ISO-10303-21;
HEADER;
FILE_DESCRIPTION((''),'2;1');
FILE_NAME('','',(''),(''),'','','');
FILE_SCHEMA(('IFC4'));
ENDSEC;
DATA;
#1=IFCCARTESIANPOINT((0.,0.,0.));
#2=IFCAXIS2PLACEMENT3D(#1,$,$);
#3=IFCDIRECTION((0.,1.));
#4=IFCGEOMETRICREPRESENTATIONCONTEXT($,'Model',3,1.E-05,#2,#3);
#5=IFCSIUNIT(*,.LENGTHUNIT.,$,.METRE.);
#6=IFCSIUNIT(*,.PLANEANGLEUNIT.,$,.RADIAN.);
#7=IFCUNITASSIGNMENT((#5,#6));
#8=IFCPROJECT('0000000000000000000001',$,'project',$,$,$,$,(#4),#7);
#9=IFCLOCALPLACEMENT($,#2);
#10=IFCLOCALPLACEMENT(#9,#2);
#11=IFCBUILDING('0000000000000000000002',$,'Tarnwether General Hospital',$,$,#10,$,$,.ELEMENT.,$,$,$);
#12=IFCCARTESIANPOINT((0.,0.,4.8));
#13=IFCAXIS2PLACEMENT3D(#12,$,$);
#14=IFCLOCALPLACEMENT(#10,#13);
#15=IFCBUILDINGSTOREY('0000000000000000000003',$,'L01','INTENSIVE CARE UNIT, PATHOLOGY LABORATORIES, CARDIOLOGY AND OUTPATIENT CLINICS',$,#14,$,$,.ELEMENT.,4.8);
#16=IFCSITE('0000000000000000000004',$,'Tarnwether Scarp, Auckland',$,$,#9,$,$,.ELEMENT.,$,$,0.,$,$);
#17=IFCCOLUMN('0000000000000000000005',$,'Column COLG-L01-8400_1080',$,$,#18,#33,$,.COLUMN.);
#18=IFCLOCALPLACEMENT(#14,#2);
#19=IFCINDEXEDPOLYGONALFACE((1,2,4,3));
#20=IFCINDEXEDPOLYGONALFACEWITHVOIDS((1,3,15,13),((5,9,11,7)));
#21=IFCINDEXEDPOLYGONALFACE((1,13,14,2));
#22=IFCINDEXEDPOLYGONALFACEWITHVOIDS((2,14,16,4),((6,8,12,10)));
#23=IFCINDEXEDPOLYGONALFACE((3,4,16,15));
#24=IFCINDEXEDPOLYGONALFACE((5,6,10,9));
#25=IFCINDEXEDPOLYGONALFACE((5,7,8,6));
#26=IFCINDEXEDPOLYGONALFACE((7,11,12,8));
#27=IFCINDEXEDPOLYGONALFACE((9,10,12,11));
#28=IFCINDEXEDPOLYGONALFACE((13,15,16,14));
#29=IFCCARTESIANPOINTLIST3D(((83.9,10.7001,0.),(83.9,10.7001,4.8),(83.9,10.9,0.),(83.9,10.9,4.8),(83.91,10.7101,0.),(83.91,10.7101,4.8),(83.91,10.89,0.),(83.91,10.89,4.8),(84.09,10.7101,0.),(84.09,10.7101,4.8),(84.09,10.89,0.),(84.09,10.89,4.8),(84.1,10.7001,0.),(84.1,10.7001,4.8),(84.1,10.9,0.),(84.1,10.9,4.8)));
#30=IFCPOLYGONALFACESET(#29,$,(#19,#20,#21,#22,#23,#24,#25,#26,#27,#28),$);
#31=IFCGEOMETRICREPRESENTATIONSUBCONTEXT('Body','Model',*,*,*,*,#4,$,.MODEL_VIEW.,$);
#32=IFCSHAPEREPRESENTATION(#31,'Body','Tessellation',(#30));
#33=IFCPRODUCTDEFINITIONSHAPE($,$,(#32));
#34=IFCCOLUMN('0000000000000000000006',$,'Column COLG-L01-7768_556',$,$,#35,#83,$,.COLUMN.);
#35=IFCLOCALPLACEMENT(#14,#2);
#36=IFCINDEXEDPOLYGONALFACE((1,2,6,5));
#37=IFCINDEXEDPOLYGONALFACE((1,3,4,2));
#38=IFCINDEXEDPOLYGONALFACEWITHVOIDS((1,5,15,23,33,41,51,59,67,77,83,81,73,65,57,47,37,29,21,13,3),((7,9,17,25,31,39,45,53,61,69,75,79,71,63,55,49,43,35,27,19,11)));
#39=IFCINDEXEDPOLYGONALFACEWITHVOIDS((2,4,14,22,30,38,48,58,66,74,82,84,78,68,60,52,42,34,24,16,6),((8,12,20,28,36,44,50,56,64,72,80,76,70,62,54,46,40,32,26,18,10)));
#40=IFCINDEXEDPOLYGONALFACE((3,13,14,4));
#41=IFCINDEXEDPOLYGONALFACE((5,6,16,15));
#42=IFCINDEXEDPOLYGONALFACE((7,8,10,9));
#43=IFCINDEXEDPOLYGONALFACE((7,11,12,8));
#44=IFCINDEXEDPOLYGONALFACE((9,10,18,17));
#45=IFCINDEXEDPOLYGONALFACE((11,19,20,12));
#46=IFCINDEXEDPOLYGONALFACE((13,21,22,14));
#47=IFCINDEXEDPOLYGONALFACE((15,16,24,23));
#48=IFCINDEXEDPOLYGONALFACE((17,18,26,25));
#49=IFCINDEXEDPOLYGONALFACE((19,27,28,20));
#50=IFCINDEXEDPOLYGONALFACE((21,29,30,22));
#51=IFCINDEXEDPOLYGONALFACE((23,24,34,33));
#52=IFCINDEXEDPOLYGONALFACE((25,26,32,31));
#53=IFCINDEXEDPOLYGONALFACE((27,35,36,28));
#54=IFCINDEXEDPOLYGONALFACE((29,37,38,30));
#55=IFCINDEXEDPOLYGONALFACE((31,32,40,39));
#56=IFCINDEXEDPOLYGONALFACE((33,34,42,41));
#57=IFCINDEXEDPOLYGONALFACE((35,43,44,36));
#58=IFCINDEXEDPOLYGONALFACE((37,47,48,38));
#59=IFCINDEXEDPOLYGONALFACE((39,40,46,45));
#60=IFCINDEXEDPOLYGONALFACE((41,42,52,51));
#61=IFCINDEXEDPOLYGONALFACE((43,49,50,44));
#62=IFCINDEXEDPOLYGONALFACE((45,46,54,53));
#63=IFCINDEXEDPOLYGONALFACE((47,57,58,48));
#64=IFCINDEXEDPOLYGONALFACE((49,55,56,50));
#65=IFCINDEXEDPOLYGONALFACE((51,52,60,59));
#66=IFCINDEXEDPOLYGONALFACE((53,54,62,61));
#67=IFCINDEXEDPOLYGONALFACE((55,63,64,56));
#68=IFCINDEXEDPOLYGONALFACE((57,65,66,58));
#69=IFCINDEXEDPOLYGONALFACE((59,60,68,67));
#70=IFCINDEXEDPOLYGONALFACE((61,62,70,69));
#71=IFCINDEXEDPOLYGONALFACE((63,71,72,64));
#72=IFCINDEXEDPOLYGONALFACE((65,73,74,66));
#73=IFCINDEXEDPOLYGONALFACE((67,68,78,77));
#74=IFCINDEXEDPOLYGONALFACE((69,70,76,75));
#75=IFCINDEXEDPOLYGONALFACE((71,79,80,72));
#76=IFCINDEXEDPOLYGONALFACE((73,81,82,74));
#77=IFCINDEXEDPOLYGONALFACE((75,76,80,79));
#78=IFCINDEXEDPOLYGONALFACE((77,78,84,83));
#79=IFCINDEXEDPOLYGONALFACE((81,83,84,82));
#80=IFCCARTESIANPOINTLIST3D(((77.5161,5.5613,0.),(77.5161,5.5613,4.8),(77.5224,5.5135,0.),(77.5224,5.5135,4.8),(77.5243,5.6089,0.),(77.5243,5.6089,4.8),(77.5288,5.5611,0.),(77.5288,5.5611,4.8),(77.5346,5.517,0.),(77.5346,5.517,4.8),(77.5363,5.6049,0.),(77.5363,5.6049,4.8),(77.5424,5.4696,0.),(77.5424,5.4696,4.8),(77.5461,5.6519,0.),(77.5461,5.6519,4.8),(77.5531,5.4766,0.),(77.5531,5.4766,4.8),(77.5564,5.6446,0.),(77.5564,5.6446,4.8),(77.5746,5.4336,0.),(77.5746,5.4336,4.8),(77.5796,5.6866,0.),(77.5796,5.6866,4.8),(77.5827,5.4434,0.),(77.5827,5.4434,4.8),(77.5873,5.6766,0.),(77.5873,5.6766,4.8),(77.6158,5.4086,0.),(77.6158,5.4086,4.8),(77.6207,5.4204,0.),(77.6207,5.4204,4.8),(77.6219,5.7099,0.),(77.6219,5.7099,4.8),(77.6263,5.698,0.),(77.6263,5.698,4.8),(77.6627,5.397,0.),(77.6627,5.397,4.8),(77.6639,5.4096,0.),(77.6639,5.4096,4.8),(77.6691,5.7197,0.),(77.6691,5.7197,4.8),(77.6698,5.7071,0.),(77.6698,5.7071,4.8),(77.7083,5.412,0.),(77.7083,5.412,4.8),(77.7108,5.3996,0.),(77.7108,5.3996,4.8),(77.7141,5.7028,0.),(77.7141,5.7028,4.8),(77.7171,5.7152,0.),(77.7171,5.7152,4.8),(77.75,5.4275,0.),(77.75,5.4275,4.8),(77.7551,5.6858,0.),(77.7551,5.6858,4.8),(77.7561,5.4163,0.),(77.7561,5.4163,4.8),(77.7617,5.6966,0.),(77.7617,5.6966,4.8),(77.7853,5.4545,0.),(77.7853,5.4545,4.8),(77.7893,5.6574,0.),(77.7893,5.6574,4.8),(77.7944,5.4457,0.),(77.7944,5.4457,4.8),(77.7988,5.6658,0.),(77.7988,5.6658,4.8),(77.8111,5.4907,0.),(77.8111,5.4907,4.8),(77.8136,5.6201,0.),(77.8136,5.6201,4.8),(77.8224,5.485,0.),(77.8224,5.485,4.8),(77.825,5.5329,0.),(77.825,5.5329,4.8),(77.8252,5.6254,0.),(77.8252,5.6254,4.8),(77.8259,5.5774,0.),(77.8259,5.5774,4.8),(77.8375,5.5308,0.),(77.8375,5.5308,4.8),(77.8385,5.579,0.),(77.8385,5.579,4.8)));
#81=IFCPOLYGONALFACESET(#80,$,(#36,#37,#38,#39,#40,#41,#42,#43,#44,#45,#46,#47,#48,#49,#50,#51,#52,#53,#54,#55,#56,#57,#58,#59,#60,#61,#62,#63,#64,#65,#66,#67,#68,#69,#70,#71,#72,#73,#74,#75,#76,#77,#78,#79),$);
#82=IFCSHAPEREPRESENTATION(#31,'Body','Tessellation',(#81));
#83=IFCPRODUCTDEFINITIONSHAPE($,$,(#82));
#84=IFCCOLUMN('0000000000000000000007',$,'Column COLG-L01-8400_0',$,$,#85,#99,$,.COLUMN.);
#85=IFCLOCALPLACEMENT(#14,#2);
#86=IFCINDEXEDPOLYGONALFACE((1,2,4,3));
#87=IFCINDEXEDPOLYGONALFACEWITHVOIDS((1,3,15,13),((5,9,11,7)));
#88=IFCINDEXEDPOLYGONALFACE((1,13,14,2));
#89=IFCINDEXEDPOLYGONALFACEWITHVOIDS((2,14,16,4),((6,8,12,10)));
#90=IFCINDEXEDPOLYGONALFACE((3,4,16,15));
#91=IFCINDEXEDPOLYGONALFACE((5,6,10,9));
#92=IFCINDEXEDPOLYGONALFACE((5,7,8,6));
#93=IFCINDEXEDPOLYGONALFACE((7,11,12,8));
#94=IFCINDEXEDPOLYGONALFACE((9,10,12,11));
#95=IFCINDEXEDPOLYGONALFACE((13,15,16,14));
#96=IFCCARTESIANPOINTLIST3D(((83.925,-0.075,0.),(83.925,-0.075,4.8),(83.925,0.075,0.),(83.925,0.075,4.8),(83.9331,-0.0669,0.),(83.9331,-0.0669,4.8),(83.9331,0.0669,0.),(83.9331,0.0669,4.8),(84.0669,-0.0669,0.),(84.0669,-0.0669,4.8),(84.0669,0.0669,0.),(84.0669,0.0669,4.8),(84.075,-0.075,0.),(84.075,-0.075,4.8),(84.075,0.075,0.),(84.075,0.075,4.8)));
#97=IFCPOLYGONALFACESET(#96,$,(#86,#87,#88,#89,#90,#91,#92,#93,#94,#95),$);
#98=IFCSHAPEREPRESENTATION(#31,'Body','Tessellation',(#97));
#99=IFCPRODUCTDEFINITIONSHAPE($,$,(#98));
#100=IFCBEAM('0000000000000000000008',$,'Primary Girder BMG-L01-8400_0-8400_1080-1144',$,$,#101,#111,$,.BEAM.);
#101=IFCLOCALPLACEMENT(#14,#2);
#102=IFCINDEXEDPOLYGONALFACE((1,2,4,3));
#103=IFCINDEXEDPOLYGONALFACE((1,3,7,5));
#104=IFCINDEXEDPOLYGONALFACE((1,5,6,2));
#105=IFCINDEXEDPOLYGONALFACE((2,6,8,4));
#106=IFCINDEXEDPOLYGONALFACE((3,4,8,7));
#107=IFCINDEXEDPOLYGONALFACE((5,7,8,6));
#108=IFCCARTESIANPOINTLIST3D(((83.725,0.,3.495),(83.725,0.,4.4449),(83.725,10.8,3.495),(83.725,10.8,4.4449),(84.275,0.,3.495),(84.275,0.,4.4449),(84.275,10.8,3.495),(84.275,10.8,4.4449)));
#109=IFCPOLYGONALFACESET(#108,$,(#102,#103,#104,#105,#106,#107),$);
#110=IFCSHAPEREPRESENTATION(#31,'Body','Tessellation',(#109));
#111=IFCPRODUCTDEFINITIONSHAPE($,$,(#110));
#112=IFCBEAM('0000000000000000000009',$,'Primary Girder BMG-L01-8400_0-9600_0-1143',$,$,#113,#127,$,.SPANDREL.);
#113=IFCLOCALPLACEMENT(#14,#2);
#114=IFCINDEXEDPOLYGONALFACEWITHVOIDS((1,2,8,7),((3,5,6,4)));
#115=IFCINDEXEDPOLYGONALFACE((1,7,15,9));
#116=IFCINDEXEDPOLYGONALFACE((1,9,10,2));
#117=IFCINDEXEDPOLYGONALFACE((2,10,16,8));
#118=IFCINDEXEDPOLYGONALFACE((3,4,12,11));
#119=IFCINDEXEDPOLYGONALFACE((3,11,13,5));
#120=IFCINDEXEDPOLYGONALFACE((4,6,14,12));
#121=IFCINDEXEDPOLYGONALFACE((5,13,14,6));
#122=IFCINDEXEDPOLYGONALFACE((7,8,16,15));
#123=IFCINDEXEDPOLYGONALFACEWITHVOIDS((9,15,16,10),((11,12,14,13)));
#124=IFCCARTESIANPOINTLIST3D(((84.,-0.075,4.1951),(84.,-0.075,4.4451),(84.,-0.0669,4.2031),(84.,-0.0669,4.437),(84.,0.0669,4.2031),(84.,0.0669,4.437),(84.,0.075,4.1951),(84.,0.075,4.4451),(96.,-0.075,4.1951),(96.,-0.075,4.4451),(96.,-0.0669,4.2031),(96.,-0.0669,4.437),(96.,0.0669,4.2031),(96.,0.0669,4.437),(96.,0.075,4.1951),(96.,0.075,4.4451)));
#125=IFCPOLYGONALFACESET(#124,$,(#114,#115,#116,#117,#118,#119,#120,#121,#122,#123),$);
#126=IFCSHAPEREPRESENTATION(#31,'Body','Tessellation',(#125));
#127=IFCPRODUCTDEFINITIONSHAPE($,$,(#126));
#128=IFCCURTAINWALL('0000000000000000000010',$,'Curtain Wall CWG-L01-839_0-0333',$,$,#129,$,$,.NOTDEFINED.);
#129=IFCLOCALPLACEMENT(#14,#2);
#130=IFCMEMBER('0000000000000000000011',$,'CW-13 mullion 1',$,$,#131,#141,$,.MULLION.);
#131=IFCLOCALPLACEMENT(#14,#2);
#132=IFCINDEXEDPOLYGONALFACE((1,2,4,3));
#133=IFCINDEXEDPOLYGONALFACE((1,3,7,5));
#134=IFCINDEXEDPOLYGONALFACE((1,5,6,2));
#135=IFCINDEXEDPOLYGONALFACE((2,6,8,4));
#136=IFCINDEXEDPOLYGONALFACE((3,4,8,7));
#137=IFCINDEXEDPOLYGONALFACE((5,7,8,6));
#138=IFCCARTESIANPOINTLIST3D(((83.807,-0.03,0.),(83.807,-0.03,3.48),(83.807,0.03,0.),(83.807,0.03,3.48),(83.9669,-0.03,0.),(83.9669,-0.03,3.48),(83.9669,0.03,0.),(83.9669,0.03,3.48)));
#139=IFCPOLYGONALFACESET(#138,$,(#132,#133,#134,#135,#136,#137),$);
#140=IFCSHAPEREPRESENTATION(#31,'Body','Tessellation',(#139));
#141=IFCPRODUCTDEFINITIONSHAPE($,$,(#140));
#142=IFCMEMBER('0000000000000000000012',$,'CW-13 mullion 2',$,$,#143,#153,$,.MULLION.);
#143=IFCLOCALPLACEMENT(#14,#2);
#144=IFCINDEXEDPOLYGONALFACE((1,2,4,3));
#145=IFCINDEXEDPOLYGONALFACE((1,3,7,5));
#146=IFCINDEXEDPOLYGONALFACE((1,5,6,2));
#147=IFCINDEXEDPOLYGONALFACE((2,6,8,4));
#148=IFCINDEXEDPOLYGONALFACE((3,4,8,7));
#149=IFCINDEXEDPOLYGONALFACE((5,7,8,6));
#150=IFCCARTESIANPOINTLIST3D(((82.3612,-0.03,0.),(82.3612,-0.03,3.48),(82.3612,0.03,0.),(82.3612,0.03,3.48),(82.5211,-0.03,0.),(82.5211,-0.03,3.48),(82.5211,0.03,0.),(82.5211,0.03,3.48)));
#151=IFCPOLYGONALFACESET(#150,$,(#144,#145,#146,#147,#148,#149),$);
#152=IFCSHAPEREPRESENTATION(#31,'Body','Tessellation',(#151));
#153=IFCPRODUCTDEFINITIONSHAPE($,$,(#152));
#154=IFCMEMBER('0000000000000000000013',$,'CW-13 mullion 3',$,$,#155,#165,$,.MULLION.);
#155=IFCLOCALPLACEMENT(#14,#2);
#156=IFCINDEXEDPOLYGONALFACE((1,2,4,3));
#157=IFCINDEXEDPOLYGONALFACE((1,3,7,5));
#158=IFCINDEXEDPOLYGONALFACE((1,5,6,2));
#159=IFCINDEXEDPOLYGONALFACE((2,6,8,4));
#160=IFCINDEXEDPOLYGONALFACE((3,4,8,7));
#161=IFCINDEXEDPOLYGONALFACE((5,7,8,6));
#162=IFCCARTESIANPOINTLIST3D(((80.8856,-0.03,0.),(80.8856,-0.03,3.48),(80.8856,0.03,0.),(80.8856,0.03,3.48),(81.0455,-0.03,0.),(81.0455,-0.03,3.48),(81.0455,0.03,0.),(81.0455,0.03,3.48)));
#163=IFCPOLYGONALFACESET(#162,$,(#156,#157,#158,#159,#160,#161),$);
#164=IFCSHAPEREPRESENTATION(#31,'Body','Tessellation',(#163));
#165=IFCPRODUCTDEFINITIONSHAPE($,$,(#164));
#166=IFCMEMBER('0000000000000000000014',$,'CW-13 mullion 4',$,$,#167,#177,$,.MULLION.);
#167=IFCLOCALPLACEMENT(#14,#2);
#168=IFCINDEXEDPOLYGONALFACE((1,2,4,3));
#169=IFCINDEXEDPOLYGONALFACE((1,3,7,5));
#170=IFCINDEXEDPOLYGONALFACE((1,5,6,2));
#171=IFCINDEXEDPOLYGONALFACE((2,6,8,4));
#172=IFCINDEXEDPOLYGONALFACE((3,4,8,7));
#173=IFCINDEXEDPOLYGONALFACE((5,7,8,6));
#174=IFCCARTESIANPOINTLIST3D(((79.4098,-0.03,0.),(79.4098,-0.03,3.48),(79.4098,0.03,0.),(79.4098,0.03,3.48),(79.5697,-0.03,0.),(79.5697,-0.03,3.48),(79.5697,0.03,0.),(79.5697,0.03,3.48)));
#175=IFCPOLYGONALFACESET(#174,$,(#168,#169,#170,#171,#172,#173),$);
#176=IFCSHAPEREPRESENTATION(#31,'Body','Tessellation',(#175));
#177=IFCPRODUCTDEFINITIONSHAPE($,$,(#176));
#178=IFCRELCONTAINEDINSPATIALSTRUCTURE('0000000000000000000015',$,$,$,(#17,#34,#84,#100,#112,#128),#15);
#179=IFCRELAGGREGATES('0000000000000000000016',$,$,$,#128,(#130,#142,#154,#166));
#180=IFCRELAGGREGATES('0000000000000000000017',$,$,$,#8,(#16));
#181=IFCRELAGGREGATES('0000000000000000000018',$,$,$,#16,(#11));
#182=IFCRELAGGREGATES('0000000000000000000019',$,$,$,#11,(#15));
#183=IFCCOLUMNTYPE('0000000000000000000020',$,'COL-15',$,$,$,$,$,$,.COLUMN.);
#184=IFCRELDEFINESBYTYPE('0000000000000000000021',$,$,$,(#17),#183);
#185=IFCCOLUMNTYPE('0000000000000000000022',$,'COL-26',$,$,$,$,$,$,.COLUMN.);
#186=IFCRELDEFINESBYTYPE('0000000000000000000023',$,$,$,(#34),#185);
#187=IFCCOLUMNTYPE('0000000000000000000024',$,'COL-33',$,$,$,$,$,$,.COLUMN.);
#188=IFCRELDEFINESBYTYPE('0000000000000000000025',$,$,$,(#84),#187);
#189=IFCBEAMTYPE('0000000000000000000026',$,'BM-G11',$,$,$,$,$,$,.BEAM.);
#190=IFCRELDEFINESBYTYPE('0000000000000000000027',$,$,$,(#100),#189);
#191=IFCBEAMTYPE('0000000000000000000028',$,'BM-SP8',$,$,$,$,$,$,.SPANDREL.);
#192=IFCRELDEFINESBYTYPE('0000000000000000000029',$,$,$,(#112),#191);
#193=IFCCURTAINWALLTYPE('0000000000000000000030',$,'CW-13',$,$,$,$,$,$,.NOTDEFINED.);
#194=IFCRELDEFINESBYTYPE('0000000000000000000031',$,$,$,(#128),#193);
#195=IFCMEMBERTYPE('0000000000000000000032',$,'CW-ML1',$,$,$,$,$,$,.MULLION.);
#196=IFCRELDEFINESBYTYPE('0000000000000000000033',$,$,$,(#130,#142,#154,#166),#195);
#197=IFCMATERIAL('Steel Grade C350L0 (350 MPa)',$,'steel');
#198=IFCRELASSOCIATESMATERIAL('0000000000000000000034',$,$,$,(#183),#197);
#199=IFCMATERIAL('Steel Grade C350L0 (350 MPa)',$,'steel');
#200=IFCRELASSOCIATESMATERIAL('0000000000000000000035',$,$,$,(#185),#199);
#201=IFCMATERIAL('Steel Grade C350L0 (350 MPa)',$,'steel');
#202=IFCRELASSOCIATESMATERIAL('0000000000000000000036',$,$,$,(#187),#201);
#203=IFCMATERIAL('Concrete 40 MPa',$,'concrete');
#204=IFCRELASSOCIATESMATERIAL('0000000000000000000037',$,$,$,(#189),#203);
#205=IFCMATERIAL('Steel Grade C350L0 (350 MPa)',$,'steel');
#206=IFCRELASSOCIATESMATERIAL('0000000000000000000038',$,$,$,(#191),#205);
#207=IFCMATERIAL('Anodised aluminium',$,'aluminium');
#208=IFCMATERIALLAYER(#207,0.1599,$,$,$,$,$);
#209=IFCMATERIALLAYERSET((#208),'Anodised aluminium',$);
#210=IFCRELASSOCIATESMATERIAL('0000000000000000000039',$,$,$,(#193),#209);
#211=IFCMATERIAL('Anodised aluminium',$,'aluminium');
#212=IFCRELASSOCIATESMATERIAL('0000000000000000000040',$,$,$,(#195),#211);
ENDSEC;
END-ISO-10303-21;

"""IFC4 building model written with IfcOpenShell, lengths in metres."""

from ifc_helpers import new_model, si_unit, direction, frame, origin, origin_2d, place, context, subcontext, project, spatial, rectangle, hollow_rectangle, hollow_circle, extrude, material, layer, layer_set, material_profile, profile_set, type_object, element, aggregate, save


model = new_model("IFC4")

# Units and contexts
model_context = context("Model", 3, precision=1e-05, world=origin(), true_north=direction((0.0, 1.0)))
body_context = subcontext(model_context, "Body", "Model", "MODEL_VIEW")
ifc_project = project(units=[si_unit("LENGTHUNIT", "METRE"), si_unit("PLANEANGLEUNIT", "RADIAN")], contexts=[model_context])

# Site, building, storey
site_placement = place(None, origin())
site = spatial("IfcSite", under=ifc_project, at=site_placement, Name="Tarnwether Scarp, Auckland", CompositionType="ELEMENT", RefElevation=0.0)
building_placement = place(site_placement, origin())
building = spatial("IfcBuilding", under=site, at=building_placement, Name="Tarnwether General Hospital", CompositionType="ELEMENT")
storey_placement = place(building_placement, frame((0.0, 0.0, 4.8)))
storey = spatial("IfcBuildingStorey", under=building, at=storey_placement, Name="L01", Description="INTENSIVE CARE UNIT, PATHOLOGY LABORATORIES, CARDIOLOGY AND OUTPATIENT CLINICS", CompositionType="ELEMENT", Elevation=4.8)

# Columns
ifc_material_1 = material(Name="Steel Grade C350L0 (350 MPa)", Category="steel")
ifc_material_profile_1 = material_profile(ifc_material_1, hollow_rectangle(XDim=0.2, YDim=0.2, WallThickness=0.01, at=origin_2d()), Name="SHS200x200x10")
ifc_profile_set_1 = profile_set([ifc_material_profile_1], Name="Steel Grade C350L0 (350 MPa)")
column_type_1 = type_object("IfcColumnType", Name="COL-15", PredefinedType="COLUMN", material=ifc_profile_set_1)
column_1_placement = place(storey_placement, frame((84.0, 10.8, 0.0), z_axis=(0.0, 0.0, 1.0), x_axis=(0.0, 1.0, 0.0)))
element("IfcColumn", 1, at=column_1_placement, inside=storey, type_object=column_type_1, Name="Column COLG-L01-8400_1080", PredefinedType="COLUMN", context=body_context, shape_type="SweptSolid", body=[
    extrude(hollow_rectangle(XDim=0.2, YDim=0.2, WallThickness=0.01, at=origin_2d()), origin(), (0.0, 0.0, 1.0), 4.8),
])
ifc_material_2 = material(Name="Steel Grade C350L0 (350 MPa)", Category="steel")
ifc_material_profile_2 = material_profile(ifc_material_2, hollow_circle(Radius=0.1619, WallThickness=0.0127, at=origin_2d()), Name="CHS323.9x12.7")
ifc_profile_set_2 = profile_set([ifc_material_profile_2], Name="Steel Grade C350L0 (350 MPa)")
column_type_2 = type_object("IfcColumnType", Name="COL-26", PredefinedType="COLUMN", material=ifc_profile_set_2)
column_2_placement = place(storey_placement, frame((77.678, 5.5581, 0.0), z_axis=(0.0, 0.0, 1.0), x_axis=(0.241922, 0.970296, 0.0)))
element("IfcColumn", 2, at=column_2_placement, inside=storey, type_object=column_type_2, Name="Column COLG-L01-7768_556", PredefinedType="COLUMN", context=body_context, shape_type="SweptSolid", body=[
    extrude(hollow_circle(Radius=0.1619, WallThickness=0.0127, at=origin_2d()), origin(), (0.0, 0.0, 1.0), 4.8),
])
ifc_material_3 = material(Name="Steel Grade C350L0 (350 MPa)", Category="steel")
ifc_material_profile_3 = material_profile(ifc_material_3, hollow_rectangle(XDim=0.1499, YDim=0.1499, WallThickness=0.0081, at=origin_2d()), Name="SHS150x150x8")
ifc_profile_set_3 = profile_set([ifc_material_profile_3], Name="Steel Grade C350L0 (350 MPa)")
column_type_3 = type_object("IfcColumnType", Name="COL-33", PredefinedType="COLUMN", material=ifc_profile_set_3)
column_3_placement = place(storey_placement, frame((84.0, 0.0, 0.0), z_axis=(0.0, 0.0, 1.0), x_axis=(0.0, 1.0, 0.0)))
element("IfcColumn", 3, at=column_3_placement, inside=storey, type_object=column_type_3, Name="Column COLG-L01-8400_0", PredefinedType="COLUMN", context=body_context, shape_type="SweptSolid", body=[
    extrude(hollow_rectangle(XDim=0.1499, YDim=0.1499, WallThickness=0.0081, at=origin_2d()), origin(), (0.0, 0.0, 1.0), 4.8),
])

# Beams
ifc_material_4 = material(Name="Concrete 40 MPa", Category="concrete")
ifc_material_profile_4 = material_profile(ifc_material_4, rectangle(XDim=0.55, YDim=0.95, at=origin_2d()), Name="RC-BM-550x950")
ifc_profile_set_4 = profile_set([ifc_material_profile_4], Name="Concrete 40 MPa")
beam_type_1 = type_object("IfcBeamType", Name="BM-G11", PredefinedType="BEAM", material=ifc_profile_set_4)
beam_1_placement = place(storey_placement, frame((84.0, 0.0, 3.97), z_axis=(0.0, 1.0, 0.0), x_axis=(-1.0, 0.0, 0.0)))
element("IfcBeam", 4, at=beam_1_placement, inside=storey, type_object=beam_type_1, Name="Primary Girder BMG-L01-8400_0-8400_1080-1144", PredefinedType="BEAM", context=body_context, shape_type="SweptSolid", body=[
    extrude(rectangle(XDim=0.55, YDim=0.95, at=origin_2d()), origin(), (0.0, 0.0, 1.0), 10.8),
])
ifc_material_5 = material(Name="Steel Grade C350L0 (350 MPa)", Category="steel")
ifc_material_profile_5 = material_profile(ifc_material_5, hollow_rectangle(XDim=0.1499, YDim=0.25, WallThickness=0.0081, at=origin_2d()), Name="RHS250x150x8")
ifc_profile_set_5 = profile_set([ifc_material_profile_5], Name="Steel Grade C350L0 (350 MPa)")
beam_type_2 = type_object("IfcBeamType", Name="BM-SP8", PredefinedType="SPANDREL", material=ifc_profile_set_5)
beam_2_placement = place(storey_placement, frame((84.0, 0.0, 4.3201), z_axis=(1.0, 0.0, 0.0), x_axis=(0.0, 1.0, 0.0)))
element("IfcBeam", 5, at=beam_2_placement, inside=storey, type_object=beam_type_2, Name="Primary Girder BMG-L01-8400_0-9600_0-1143", PredefinedType="SPANDREL", context=body_context, shape_type="SweptSolid", body=[
    extrude(hollow_rectangle(XDim=0.1499, YDim=0.25, WallThickness=0.0081, at=origin_2d()), origin(), (0.0, 0.0, 1.0), 12.0),
])

# Curtain wall, members
ifc_material_6 = material(Name="Anodised aluminium", Category="aluminium")
ifc_layer_1 = layer(ifc_material_6, 0.1599)
ifc_layer_set_1 = layer_set([ifc_layer_1], Name="Anodised aluminium")
curtain_wall_type = type_object("IfcCurtainWallType", Name="CW-13", PredefinedType="NOTDEFINED", material=ifc_layer_set_1)
curtain_wall_placement = place(storey_placement, origin())
curtain_wall = element("IfcCurtainWall", 6, at=curtain_wall_placement, inside=storey, type_object=curtain_wall_type, Name="Curtain Wall CWG-L01-839_0-0333", PredefinedType="NOTDEFINED")
ifc_material_7 = material(Name="Anodised aluminium", Category="aluminium")
ifc_material_profile_6 = material_profile(ifc_material_7, rectangle(XDim=0.0601, YDim=0.1599, at=origin_2d()), Name="ALU-MUL-60x160")
ifc_profile_set_6 = profile_set([ifc_material_profile_6], Name="Anodised aluminium")
member_type_1 = type_object("IfcMemberType", Name="CW-ML1", PredefinedType="MULLION", material=ifc_profile_set_6)
member_1_placement = place(storey_placement, frame((83.887, 0.0, 0.0), z_axis=(0.0, 0.0, 1.0), x_axis=(0.0, -1.0, 0.0)))
member_1 = element("IfcMember", 7, at=member_1_placement, type_object=member_type_1, Name="CW-13 mullion 1", PredefinedType="MULLION", context=body_context, shape_type="SweptSolid", body=[
    extrude(rectangle(XDim=0.0601, YDim=0.1599, at=origin_2d()), origin(), (0.0, 0.0, 1.0), 3.48),
])
member_2_placement = place(storey_placement, frame((82.4412, 0.0, 0.0), z_axis=(0.0, 0.0, 1.0), x_axis=(0.0, -1.0, 0.0)))
member_2 = element("IfcMember", 8, at=member_2_placement, type_object=member_type_1, Name="CW-13 mullion 2", PredefinedType="MULLION", context=body_context, shape_type="SweptSolid", body=[
    extrude(rectangle(XDim=0.0601, YDim=0.1599, at=origin_2d()), origin(), (0.0, 0.0, 1.0), 3.48),
])
member_3_placement = place(storey_placement, frame((80.9656, 0.0, 0.0), z_axis=(0.0, 0.0, 1.0), x_axis=(0.0, -1.0, 0.0)))
member_3 = element("IfcMember", 9, at=member_3_placement, type_object=member_type_1, Name="CW-13 mullion 3", PredefinedType="MULLION", context=body_context, shape_type="SweptSolid", body=[
    extrude(rectangle(XDim=0.0601, YDim=0.1599, at=origin_2d()), origin(), (0.0, 0.0, 1.0), 3.48),
])
member_4_placement = place(storey_placement, frame((79.4897, 0.0, 0.0), z_axis=(0.0, 0.0, 1.0), x_axis=(0.0, -1.0, 0.0)))
member_4 = element("IfcMember", 10, at=member_4_placement, type_object=member_type_1, Name="CW-13 mullion 4", PredefinedType="MULLION", context=body_context, shape_type="SweptSolid", body=[
    extrude(rectangle(XDim=0.0601, YDim=0.1599, at=origin_2d()), origin(), (0.0, 0.0, 1.0), 3.48),
])
aggregate(curtain_wall, [member_1, member_2, member_3, member_4])

save(model, "model.ifc")
